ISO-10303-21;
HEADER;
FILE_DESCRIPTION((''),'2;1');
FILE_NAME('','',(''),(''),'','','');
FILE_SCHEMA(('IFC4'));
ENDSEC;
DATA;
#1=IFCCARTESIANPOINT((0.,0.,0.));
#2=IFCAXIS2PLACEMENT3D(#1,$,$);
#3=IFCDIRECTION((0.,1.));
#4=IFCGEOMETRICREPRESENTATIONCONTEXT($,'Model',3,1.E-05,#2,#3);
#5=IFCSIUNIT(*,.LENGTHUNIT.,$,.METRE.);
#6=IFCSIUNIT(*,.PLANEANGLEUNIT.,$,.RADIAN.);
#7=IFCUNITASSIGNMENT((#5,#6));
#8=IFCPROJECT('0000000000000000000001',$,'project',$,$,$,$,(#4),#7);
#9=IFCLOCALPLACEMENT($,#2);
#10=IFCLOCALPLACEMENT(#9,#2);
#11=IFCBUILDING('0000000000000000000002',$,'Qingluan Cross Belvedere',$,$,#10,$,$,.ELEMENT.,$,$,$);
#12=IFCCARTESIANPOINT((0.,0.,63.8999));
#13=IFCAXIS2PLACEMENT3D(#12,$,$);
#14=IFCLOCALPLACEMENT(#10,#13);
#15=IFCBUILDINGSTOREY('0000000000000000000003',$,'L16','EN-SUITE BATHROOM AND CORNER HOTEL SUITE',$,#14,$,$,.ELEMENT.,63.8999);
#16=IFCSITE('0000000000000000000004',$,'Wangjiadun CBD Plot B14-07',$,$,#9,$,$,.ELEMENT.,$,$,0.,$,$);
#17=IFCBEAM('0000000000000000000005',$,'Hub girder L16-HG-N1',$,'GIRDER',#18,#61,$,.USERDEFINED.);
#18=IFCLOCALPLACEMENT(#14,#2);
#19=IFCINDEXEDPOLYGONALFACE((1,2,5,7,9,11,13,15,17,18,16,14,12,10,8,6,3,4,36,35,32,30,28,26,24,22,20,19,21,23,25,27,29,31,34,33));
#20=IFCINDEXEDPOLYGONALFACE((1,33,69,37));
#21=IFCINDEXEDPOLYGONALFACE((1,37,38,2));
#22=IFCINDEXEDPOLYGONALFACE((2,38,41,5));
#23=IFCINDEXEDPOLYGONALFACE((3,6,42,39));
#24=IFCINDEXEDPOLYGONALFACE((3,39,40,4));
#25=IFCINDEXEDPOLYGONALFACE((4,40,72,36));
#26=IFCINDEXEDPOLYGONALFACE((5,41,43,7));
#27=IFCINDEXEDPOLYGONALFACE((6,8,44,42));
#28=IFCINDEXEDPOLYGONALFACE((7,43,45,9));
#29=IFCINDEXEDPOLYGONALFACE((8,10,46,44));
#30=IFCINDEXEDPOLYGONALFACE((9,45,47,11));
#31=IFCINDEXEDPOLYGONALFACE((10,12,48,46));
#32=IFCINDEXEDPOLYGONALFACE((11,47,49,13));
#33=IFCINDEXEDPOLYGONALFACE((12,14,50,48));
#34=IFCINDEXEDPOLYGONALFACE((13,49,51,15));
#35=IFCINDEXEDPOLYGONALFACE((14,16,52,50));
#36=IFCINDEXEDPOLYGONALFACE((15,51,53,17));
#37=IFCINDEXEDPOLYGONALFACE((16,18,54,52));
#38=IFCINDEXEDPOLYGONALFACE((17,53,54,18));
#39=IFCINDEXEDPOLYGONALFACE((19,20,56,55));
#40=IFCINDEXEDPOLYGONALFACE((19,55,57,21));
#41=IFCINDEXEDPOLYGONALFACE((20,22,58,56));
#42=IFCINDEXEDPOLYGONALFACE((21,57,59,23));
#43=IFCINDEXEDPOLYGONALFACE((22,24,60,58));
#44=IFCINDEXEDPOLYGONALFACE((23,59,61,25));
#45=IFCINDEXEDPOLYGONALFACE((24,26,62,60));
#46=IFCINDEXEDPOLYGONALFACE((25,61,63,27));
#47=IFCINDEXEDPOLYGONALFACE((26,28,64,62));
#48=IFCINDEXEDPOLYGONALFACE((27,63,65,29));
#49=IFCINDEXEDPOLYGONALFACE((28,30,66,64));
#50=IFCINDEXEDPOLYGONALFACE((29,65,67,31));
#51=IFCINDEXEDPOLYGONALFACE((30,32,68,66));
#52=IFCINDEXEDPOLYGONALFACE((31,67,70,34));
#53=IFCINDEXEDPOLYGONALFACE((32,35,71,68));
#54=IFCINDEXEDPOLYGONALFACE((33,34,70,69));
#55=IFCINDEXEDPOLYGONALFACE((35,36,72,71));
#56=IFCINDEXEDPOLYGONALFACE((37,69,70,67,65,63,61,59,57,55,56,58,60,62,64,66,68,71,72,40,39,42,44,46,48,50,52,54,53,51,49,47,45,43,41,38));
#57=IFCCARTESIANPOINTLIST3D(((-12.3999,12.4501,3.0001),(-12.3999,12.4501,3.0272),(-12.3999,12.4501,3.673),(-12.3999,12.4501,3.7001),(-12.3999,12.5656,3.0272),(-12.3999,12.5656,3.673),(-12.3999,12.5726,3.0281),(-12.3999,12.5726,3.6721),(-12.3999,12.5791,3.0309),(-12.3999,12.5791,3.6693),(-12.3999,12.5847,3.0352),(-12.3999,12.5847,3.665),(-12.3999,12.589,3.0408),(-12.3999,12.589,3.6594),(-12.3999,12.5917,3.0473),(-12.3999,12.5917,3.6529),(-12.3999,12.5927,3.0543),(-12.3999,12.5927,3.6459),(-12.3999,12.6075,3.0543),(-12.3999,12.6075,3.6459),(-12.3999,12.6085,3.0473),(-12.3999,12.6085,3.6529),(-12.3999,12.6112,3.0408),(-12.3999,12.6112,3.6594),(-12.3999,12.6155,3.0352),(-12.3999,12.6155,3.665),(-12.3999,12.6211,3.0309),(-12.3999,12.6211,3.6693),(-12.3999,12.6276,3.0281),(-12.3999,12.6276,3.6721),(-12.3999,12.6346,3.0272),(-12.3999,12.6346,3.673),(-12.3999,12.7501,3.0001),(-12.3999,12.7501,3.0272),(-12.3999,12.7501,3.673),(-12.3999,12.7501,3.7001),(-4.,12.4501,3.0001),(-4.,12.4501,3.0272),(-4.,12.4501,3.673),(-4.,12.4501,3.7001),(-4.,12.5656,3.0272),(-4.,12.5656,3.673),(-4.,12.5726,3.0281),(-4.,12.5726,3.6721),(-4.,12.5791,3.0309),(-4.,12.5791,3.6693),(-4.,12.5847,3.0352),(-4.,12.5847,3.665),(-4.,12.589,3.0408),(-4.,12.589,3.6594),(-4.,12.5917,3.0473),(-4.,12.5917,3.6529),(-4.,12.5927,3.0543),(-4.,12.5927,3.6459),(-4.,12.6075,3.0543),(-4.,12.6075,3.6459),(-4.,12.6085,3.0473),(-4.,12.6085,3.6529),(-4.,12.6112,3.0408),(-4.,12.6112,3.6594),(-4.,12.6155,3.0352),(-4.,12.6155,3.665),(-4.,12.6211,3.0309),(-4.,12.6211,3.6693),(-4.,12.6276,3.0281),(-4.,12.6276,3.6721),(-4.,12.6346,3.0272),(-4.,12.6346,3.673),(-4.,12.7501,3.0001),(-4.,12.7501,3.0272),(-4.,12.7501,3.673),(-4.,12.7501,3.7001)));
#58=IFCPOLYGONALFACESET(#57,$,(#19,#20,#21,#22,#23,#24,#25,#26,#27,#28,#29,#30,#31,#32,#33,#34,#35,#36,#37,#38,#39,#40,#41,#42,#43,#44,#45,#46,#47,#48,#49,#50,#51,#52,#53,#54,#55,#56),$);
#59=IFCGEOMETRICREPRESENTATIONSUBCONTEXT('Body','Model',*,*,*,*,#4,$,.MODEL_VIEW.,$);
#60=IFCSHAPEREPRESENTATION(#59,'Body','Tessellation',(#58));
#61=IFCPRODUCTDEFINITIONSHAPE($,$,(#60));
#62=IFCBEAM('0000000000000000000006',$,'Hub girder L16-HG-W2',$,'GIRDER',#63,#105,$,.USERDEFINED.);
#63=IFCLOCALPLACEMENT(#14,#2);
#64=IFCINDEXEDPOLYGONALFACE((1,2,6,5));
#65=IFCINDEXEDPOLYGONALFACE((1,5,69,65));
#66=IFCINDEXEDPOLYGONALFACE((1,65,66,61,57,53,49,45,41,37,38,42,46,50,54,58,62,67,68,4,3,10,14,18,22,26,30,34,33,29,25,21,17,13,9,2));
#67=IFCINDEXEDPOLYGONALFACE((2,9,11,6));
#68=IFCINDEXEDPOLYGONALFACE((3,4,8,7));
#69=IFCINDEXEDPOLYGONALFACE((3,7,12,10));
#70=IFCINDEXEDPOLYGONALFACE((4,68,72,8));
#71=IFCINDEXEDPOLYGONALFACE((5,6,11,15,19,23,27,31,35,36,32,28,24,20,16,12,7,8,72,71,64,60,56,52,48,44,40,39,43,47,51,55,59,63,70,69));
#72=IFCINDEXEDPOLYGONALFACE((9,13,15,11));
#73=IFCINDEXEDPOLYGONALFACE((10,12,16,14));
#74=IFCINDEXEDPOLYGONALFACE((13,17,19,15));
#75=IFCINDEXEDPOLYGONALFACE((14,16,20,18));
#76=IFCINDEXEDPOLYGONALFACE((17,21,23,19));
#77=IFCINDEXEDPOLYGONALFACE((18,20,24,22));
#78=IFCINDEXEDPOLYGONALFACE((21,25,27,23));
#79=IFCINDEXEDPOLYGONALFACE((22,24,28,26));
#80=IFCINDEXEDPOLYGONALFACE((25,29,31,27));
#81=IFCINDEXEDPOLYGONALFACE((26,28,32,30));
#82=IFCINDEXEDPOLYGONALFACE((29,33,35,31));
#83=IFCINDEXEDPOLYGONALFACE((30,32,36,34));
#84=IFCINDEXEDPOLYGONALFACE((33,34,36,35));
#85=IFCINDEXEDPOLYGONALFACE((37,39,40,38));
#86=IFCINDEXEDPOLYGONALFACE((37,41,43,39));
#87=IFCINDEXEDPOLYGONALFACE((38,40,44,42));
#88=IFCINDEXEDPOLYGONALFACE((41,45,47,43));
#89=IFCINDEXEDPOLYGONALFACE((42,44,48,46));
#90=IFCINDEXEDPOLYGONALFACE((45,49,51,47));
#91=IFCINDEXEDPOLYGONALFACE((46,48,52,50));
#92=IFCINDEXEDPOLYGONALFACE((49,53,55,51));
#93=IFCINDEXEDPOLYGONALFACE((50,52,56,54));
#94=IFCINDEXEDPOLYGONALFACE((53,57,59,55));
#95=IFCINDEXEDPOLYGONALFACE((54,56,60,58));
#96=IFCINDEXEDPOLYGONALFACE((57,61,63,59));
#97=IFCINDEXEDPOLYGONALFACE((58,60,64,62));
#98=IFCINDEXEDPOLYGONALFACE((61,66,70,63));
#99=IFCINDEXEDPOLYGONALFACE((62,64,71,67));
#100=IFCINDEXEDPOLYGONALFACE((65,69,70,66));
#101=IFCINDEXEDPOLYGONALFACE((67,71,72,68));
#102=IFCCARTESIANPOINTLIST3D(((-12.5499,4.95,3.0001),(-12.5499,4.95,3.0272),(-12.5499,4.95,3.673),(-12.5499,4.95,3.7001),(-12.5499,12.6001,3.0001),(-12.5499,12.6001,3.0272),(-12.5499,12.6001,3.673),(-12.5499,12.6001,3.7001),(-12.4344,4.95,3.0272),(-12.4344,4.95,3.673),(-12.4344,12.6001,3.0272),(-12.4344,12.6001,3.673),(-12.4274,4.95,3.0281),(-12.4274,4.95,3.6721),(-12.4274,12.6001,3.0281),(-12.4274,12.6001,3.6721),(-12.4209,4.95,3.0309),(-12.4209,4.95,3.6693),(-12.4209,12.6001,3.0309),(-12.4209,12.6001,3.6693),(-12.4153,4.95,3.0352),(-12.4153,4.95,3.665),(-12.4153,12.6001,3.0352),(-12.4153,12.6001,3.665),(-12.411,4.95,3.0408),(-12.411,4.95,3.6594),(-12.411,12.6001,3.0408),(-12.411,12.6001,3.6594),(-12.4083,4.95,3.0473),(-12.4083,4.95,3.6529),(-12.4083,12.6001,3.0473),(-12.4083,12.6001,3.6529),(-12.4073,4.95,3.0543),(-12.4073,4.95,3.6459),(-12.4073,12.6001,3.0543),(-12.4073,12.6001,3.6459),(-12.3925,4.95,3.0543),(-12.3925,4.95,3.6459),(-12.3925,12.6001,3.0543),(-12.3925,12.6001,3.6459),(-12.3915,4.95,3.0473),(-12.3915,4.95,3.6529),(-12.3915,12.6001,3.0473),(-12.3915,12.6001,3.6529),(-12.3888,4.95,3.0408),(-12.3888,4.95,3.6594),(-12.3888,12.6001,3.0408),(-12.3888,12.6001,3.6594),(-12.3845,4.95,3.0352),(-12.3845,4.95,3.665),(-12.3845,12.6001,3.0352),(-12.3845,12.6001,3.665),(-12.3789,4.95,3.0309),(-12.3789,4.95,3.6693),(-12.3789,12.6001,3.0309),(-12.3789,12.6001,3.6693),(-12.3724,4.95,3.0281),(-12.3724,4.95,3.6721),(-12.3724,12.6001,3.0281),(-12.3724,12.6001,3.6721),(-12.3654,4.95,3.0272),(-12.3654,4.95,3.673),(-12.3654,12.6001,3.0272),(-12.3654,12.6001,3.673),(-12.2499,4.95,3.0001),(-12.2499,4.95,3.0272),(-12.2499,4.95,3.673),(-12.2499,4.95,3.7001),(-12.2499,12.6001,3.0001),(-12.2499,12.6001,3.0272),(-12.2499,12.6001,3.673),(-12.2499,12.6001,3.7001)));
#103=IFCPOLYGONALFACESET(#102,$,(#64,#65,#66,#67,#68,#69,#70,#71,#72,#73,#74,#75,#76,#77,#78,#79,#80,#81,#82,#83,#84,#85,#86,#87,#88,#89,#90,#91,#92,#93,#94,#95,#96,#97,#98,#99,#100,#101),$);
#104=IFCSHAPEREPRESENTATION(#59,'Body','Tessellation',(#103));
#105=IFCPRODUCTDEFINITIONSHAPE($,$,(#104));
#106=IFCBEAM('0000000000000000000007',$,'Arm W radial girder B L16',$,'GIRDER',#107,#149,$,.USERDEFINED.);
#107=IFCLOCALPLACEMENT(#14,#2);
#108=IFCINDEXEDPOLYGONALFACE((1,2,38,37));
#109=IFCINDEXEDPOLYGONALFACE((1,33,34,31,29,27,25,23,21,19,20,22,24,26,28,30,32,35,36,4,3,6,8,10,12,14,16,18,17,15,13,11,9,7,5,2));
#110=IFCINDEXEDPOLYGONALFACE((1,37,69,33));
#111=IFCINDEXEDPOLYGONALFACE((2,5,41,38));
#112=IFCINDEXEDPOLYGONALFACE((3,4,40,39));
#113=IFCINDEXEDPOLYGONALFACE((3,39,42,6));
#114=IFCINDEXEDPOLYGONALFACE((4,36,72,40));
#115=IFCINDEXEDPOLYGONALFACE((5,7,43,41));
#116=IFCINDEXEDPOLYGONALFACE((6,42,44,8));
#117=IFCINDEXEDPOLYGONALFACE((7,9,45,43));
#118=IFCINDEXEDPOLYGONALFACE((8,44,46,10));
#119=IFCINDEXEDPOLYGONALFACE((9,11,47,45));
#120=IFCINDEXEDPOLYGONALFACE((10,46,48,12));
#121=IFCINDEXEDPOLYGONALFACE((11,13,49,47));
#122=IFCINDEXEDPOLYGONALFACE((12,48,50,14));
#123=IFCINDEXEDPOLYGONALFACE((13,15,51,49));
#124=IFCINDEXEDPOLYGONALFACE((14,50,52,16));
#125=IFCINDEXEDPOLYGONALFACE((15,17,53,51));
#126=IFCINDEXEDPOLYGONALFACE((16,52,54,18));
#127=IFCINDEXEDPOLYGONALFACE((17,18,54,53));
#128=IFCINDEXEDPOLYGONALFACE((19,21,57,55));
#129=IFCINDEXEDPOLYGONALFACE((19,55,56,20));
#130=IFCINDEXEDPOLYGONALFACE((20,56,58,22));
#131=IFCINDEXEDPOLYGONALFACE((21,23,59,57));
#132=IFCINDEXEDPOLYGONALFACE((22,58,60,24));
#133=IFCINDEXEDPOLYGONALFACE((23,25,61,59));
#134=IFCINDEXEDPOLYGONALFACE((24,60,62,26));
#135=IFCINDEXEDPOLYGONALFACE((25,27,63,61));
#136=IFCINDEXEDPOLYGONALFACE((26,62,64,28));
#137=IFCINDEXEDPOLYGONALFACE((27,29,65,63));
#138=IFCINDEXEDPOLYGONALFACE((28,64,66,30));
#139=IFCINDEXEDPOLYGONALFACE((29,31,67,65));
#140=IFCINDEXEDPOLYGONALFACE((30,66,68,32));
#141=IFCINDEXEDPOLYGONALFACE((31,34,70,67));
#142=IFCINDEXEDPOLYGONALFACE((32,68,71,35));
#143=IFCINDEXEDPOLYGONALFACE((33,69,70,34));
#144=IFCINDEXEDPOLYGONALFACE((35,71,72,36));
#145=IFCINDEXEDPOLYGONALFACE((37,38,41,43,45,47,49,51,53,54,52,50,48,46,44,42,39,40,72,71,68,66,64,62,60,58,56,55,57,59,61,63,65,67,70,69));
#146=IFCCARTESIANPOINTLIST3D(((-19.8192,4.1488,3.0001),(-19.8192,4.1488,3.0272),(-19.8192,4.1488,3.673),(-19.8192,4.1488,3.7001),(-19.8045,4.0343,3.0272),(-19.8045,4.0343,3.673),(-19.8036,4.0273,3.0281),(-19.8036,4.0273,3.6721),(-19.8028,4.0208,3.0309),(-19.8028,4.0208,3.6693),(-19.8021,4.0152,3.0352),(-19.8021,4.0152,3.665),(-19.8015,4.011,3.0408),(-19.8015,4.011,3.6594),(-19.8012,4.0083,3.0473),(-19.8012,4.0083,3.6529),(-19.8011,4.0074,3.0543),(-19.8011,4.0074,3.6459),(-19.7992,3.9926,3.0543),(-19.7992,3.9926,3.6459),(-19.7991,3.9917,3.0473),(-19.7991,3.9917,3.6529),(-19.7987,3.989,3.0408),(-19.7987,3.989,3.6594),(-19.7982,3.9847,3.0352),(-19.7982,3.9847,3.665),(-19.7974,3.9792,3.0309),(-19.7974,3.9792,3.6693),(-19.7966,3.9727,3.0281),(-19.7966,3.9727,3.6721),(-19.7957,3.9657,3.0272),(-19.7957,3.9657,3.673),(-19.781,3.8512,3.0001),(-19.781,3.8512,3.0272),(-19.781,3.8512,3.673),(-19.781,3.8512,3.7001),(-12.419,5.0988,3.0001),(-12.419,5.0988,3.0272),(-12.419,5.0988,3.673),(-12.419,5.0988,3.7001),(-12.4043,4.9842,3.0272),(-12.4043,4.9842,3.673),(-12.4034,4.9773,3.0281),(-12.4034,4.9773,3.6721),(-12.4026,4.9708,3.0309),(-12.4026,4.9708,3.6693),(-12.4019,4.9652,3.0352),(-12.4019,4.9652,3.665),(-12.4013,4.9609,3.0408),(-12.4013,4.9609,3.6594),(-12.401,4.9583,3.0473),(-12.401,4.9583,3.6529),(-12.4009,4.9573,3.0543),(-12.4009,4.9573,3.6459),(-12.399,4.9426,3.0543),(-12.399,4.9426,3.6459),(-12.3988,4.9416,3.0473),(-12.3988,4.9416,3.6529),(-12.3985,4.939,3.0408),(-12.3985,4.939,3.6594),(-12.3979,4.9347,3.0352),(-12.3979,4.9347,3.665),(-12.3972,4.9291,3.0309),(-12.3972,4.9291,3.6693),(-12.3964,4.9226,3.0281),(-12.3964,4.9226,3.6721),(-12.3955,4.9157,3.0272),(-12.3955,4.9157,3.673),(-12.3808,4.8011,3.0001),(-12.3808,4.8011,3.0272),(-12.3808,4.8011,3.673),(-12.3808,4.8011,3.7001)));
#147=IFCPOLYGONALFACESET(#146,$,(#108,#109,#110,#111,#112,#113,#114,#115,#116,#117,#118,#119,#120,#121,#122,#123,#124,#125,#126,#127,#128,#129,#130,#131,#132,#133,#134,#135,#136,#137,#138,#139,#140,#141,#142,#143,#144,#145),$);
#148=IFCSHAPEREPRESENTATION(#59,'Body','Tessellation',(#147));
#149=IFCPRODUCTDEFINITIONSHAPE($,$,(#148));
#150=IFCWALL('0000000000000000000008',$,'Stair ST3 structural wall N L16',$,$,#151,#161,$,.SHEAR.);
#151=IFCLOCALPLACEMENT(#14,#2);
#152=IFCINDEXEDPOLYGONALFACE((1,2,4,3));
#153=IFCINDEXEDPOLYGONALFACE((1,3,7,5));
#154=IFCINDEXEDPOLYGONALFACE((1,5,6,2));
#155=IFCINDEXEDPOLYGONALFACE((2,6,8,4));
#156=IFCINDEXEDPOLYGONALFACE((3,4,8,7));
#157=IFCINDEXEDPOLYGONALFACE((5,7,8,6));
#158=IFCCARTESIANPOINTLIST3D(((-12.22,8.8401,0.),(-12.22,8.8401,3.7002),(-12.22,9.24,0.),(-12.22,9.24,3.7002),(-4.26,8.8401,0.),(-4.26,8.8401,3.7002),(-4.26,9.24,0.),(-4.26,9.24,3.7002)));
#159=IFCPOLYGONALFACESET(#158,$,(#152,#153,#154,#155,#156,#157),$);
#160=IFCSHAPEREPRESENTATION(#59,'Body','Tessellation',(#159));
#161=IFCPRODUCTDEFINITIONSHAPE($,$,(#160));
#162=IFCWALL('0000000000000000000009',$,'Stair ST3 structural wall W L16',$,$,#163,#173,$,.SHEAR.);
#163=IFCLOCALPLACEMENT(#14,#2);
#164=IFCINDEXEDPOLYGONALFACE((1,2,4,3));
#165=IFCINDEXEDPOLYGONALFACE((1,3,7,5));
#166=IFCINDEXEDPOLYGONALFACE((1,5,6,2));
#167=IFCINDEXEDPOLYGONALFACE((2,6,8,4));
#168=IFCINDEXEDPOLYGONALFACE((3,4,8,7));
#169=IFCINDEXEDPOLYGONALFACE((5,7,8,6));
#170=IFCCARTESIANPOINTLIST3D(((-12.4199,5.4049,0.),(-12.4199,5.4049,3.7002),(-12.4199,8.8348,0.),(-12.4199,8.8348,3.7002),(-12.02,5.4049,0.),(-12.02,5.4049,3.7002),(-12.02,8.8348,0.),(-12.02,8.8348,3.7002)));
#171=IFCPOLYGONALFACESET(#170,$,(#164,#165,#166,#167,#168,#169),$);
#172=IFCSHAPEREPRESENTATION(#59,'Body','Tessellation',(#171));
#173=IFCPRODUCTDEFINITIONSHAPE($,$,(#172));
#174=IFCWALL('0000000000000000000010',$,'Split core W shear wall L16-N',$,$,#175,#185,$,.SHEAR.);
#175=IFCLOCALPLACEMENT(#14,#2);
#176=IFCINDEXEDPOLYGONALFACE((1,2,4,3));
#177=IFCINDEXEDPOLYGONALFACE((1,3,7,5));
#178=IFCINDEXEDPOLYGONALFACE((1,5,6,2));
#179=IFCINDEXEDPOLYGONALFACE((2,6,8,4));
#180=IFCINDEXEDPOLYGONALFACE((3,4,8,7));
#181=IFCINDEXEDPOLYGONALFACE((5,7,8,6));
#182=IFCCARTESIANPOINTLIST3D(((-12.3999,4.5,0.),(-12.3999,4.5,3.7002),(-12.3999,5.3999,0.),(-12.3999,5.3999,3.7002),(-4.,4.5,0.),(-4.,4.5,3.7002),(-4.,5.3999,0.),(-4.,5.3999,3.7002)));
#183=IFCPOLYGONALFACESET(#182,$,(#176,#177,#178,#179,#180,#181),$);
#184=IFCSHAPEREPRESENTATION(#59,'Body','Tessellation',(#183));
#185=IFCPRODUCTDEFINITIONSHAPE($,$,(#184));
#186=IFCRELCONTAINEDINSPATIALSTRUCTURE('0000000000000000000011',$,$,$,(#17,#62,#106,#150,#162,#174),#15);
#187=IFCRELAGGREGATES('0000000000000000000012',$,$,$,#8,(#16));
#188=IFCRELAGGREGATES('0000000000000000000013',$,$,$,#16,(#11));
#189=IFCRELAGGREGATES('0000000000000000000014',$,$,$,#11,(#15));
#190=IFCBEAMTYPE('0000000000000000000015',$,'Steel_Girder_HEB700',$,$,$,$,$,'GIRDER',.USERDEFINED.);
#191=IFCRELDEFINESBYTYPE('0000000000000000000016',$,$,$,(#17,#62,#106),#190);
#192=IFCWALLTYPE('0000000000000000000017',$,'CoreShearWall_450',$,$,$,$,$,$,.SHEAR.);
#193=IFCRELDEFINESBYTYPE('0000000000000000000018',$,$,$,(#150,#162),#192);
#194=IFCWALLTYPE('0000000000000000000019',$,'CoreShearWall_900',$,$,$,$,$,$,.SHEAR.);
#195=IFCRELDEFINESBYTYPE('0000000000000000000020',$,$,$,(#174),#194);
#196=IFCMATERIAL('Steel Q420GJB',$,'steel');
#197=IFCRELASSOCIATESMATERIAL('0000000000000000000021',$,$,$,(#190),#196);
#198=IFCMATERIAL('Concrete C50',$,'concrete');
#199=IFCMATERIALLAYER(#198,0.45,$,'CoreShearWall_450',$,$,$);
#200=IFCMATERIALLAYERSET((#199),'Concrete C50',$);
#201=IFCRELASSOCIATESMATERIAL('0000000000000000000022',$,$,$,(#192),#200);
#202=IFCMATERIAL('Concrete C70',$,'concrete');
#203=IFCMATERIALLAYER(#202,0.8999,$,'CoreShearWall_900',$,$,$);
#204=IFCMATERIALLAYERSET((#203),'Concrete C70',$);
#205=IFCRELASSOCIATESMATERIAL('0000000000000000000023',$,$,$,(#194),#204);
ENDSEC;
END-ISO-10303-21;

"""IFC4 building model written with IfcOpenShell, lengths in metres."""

from ifc_helpers import new_model, si_unit, direction, frame, frame_2d, origin, origin_2d, place, context, subcontext, project, spatial, rectangle, i_section, extrude, material, layer, layer_set, material_profile, profile_set, type_object, element, save


model = new_model("IFC4")

# Units and contexts
model_context = context("Model", 3, precision=1e-05, world=origin(), true_north=direction((0.0, 1.0)))
body_context = subcontext(model_context, "Body", "Model", "MODEL_VIEW")
ifc_project = project(units=[si_unit("LENGTHUNIT", "METRE"), si_unit("PLANEANGLEUNIT", "RADIAN")], contexts=[model_context])

# Site, building, storey
site_placement = place(None, origin())
site = spatial("IfcSite", under=ifc_project, at=site_placement, Name="Wangjiadun CBD Plot B14-07", CompositionType="ELEMENT", RefElevation=0.0)
building_placement = place(site_placement, origin())
building = spatial("IfcBuilding", under=site, at=building_placement, Name="Qingluan Cross Belvedere", CompositionType="ELEMENT")
storey_placement = place(building_placement, frame((0.0, 0.0, 63.8999)))
storey = spatial("IfcBuildingStorey", under=building, at=storey_placement, Name="L16", Description="EN-SUITE BATHROOM AND CORNER HOTEL SUITE", CompositionType="ELEMENT", Elevation=63.8999)

# Beams
ifc_material_1 = material(Name="Steel Q420GJB", Category="steel")
ifc_material_profile_1 = material_profile(ifc_material_1, i_section(OverallWidth=0.3, OverallDepth=0.7, WebThickness=0.0149, FlangeThickness=0.0271, FilletRadius=0.0271, at=origin_2d()), Name="HEB700")
ifc_profile_set_1 = profile_set([ifc_material_profile_1], Name="Steel Q420GJB")
beam_type_1 = type_object("IfcBeamType", Name="Steel_Girder_HEB700", ElementType="GIRDER", PredefinedType="USERDEFINED", material=ifc_profile_set_1)
beam_1_placement = place(storey_placement, frame((-12.3999, 12.6001, 3.3501), z_axis=(1.0, 0.0, 0.0), x_axis=(0.0, 1.0, 0.0)))
element("IfcBeam", 1, at=beam_1_placement, inside=storey, type_object=beam_type_1, Name="Hub girder L16-HG-N1", ObjectType="GIRDER", PredefinedType="USERDEFINED", context=body_context, shape_type="SweptSolid", body=[
    extrude(i_section(OverallWidth=0.3, OverallDepth=0.7, WebThickness=0.0149, FlangeThickness=0.0271, FilletRadius=0.0271, at=origin_2d()), origin(), (0.0, 0.0, 1.0), 8.3999),
])
beam_2_placement = place(storey_placement, frame((-12.3999, 4.95, 3.3501), z_axis=(0.0, 1.0, 0.0), x_axis=(-1.0, 0.0, 0.0)))
element("IfcBeam", 2, at=beam_2_placement, inside=storey, type_object=beam_type_1, Name="Hub girder L16-HG-W2", ObjectType="GIRDER", PredefinedType="USERDEFINED", context=body_context, shape_type="SweptSolid", body=[
    extrude(i_section(OverallWidth=0.3, OverallDepth=0.7, WebThickness=0.0149, FlangeThickness=0.0271, FilletRadius=0.0271, at=origin_2d()), origin(), (0.0, 0.0, 1.0), 7.6501),
])
beam_3_placement = place(storey_placement, frame((-12.3999, 4.95, 3.3501), z_axis=(-0.991861, -0.127324, 0.0), x_axis=(0.127324, -0.991861, 0.0)))
element("IfcBeam", 3, at=beam_3_placement, inside=storey, type_object=beam_type_1, Name="Arm W radial girder B L16", ObjectType="GIRDER", PredefinedType="USERDEFINED", context=body_context, shape_type="SweptSolid", body=[
    extrude(i_section(OverallWidth=0.3, OverallDepth=0.7, WebThickness=0.0149, FlangeThickness=0.0271, FilletRadius=0.0271, at=origin_2d()), origin(), (0.0, 0.0, 1.0), 7.4609),
])

# Walls
ifc_material_2 = material(Name="Concrete C50", Category="concrete")
ifc_layer_1 = layer(ifc_material_2, 0.45, Name="CoreShearWall_450")
ifc_layer_set_1 = layer_set([ifc_layer_1], Name="Concrete C50")
wall_type_1 = type_object("IfcWallType", Name="CoreShearWall_450", PredefinedType="SHEAR", material=ifc_layer_set_1)
wall_1_placement = place(storey_placement, frame((-12.22, 9.04, 0.0), z_axis=(0.0, 0.0, 1.0), x_axis=(1.0, 0.0, 0.0)))
element("IfcWall", 4, at=wall_1_placement, inside=storey, type_object=wall_type_1, Name="Stair ST3 structural wall N L16", PredefinedType="SHEAR", context=body_context, shape_type="SweptSolid", body=[
    extrude(rectangle(XDim=7.96, YDim=0.3999, at=frame_2d((3.98, 0.0))), origin(), (0.0, 0.0, 1.0), 3.7002),
])
wall_2_placement = place(storey_placement, frame((-12.22, 5.405, 0.0), z_axis=(0.0, 0.0, 1.0), x_axis=(0.0, 1.0, 0.0)))
element("IfcWall", 5, at=wall_2_placement, inside=storey, type_object=wall_type_1, Name="Stair ST3 structural wall W L16", PredefinedType="SHEAR", context=body_context, shape_type="SweptSolid", body=[
    extrude(rectangle(XDim=3.4299, YDim=0.3999, at=frame_2d((1.7148, 0.0))), origin(), (0.0, 0.0, 1.0), 3.7002),
])
ifc_material_3 = material(Name="Concrete C70", Category="concrete")
ifc_layer_2 = layer(ifc_material_3, 0.8999, Name="CoreShearWall_900")
ifc_layer_set_2 = layer_set([ifc_layer_2], Name="Concrete C70")
wall_type_2 = type_object("IfcWallType", Name="CoreShearWall_900", PredefinedType="SHEAR", material=ifc_layer_set_2)
wall_3_placement = place(storey_placement, frame((-12.3999, 4.95, 0.0), z_axis=(0.0, 0.0, 1.0), x_axis=(1.0, 0.0, 0.0)))
element("IfcWall", 6, at=wall_3_placement, inside=storey, type_object=wall_type_2, Name="Split core W shear wall L16-N", PredefinedType="SHEAR", context=body_context, shape_type="SweptSolid", body=[
    extrude(rectangle(XDim=8.3999, YDim=0.8999, at=frame_2d((4.2, 0.0))), origin(), (0.0, 0.0, 1.0), 3.7002),
])

save(model, "model.ifc")
